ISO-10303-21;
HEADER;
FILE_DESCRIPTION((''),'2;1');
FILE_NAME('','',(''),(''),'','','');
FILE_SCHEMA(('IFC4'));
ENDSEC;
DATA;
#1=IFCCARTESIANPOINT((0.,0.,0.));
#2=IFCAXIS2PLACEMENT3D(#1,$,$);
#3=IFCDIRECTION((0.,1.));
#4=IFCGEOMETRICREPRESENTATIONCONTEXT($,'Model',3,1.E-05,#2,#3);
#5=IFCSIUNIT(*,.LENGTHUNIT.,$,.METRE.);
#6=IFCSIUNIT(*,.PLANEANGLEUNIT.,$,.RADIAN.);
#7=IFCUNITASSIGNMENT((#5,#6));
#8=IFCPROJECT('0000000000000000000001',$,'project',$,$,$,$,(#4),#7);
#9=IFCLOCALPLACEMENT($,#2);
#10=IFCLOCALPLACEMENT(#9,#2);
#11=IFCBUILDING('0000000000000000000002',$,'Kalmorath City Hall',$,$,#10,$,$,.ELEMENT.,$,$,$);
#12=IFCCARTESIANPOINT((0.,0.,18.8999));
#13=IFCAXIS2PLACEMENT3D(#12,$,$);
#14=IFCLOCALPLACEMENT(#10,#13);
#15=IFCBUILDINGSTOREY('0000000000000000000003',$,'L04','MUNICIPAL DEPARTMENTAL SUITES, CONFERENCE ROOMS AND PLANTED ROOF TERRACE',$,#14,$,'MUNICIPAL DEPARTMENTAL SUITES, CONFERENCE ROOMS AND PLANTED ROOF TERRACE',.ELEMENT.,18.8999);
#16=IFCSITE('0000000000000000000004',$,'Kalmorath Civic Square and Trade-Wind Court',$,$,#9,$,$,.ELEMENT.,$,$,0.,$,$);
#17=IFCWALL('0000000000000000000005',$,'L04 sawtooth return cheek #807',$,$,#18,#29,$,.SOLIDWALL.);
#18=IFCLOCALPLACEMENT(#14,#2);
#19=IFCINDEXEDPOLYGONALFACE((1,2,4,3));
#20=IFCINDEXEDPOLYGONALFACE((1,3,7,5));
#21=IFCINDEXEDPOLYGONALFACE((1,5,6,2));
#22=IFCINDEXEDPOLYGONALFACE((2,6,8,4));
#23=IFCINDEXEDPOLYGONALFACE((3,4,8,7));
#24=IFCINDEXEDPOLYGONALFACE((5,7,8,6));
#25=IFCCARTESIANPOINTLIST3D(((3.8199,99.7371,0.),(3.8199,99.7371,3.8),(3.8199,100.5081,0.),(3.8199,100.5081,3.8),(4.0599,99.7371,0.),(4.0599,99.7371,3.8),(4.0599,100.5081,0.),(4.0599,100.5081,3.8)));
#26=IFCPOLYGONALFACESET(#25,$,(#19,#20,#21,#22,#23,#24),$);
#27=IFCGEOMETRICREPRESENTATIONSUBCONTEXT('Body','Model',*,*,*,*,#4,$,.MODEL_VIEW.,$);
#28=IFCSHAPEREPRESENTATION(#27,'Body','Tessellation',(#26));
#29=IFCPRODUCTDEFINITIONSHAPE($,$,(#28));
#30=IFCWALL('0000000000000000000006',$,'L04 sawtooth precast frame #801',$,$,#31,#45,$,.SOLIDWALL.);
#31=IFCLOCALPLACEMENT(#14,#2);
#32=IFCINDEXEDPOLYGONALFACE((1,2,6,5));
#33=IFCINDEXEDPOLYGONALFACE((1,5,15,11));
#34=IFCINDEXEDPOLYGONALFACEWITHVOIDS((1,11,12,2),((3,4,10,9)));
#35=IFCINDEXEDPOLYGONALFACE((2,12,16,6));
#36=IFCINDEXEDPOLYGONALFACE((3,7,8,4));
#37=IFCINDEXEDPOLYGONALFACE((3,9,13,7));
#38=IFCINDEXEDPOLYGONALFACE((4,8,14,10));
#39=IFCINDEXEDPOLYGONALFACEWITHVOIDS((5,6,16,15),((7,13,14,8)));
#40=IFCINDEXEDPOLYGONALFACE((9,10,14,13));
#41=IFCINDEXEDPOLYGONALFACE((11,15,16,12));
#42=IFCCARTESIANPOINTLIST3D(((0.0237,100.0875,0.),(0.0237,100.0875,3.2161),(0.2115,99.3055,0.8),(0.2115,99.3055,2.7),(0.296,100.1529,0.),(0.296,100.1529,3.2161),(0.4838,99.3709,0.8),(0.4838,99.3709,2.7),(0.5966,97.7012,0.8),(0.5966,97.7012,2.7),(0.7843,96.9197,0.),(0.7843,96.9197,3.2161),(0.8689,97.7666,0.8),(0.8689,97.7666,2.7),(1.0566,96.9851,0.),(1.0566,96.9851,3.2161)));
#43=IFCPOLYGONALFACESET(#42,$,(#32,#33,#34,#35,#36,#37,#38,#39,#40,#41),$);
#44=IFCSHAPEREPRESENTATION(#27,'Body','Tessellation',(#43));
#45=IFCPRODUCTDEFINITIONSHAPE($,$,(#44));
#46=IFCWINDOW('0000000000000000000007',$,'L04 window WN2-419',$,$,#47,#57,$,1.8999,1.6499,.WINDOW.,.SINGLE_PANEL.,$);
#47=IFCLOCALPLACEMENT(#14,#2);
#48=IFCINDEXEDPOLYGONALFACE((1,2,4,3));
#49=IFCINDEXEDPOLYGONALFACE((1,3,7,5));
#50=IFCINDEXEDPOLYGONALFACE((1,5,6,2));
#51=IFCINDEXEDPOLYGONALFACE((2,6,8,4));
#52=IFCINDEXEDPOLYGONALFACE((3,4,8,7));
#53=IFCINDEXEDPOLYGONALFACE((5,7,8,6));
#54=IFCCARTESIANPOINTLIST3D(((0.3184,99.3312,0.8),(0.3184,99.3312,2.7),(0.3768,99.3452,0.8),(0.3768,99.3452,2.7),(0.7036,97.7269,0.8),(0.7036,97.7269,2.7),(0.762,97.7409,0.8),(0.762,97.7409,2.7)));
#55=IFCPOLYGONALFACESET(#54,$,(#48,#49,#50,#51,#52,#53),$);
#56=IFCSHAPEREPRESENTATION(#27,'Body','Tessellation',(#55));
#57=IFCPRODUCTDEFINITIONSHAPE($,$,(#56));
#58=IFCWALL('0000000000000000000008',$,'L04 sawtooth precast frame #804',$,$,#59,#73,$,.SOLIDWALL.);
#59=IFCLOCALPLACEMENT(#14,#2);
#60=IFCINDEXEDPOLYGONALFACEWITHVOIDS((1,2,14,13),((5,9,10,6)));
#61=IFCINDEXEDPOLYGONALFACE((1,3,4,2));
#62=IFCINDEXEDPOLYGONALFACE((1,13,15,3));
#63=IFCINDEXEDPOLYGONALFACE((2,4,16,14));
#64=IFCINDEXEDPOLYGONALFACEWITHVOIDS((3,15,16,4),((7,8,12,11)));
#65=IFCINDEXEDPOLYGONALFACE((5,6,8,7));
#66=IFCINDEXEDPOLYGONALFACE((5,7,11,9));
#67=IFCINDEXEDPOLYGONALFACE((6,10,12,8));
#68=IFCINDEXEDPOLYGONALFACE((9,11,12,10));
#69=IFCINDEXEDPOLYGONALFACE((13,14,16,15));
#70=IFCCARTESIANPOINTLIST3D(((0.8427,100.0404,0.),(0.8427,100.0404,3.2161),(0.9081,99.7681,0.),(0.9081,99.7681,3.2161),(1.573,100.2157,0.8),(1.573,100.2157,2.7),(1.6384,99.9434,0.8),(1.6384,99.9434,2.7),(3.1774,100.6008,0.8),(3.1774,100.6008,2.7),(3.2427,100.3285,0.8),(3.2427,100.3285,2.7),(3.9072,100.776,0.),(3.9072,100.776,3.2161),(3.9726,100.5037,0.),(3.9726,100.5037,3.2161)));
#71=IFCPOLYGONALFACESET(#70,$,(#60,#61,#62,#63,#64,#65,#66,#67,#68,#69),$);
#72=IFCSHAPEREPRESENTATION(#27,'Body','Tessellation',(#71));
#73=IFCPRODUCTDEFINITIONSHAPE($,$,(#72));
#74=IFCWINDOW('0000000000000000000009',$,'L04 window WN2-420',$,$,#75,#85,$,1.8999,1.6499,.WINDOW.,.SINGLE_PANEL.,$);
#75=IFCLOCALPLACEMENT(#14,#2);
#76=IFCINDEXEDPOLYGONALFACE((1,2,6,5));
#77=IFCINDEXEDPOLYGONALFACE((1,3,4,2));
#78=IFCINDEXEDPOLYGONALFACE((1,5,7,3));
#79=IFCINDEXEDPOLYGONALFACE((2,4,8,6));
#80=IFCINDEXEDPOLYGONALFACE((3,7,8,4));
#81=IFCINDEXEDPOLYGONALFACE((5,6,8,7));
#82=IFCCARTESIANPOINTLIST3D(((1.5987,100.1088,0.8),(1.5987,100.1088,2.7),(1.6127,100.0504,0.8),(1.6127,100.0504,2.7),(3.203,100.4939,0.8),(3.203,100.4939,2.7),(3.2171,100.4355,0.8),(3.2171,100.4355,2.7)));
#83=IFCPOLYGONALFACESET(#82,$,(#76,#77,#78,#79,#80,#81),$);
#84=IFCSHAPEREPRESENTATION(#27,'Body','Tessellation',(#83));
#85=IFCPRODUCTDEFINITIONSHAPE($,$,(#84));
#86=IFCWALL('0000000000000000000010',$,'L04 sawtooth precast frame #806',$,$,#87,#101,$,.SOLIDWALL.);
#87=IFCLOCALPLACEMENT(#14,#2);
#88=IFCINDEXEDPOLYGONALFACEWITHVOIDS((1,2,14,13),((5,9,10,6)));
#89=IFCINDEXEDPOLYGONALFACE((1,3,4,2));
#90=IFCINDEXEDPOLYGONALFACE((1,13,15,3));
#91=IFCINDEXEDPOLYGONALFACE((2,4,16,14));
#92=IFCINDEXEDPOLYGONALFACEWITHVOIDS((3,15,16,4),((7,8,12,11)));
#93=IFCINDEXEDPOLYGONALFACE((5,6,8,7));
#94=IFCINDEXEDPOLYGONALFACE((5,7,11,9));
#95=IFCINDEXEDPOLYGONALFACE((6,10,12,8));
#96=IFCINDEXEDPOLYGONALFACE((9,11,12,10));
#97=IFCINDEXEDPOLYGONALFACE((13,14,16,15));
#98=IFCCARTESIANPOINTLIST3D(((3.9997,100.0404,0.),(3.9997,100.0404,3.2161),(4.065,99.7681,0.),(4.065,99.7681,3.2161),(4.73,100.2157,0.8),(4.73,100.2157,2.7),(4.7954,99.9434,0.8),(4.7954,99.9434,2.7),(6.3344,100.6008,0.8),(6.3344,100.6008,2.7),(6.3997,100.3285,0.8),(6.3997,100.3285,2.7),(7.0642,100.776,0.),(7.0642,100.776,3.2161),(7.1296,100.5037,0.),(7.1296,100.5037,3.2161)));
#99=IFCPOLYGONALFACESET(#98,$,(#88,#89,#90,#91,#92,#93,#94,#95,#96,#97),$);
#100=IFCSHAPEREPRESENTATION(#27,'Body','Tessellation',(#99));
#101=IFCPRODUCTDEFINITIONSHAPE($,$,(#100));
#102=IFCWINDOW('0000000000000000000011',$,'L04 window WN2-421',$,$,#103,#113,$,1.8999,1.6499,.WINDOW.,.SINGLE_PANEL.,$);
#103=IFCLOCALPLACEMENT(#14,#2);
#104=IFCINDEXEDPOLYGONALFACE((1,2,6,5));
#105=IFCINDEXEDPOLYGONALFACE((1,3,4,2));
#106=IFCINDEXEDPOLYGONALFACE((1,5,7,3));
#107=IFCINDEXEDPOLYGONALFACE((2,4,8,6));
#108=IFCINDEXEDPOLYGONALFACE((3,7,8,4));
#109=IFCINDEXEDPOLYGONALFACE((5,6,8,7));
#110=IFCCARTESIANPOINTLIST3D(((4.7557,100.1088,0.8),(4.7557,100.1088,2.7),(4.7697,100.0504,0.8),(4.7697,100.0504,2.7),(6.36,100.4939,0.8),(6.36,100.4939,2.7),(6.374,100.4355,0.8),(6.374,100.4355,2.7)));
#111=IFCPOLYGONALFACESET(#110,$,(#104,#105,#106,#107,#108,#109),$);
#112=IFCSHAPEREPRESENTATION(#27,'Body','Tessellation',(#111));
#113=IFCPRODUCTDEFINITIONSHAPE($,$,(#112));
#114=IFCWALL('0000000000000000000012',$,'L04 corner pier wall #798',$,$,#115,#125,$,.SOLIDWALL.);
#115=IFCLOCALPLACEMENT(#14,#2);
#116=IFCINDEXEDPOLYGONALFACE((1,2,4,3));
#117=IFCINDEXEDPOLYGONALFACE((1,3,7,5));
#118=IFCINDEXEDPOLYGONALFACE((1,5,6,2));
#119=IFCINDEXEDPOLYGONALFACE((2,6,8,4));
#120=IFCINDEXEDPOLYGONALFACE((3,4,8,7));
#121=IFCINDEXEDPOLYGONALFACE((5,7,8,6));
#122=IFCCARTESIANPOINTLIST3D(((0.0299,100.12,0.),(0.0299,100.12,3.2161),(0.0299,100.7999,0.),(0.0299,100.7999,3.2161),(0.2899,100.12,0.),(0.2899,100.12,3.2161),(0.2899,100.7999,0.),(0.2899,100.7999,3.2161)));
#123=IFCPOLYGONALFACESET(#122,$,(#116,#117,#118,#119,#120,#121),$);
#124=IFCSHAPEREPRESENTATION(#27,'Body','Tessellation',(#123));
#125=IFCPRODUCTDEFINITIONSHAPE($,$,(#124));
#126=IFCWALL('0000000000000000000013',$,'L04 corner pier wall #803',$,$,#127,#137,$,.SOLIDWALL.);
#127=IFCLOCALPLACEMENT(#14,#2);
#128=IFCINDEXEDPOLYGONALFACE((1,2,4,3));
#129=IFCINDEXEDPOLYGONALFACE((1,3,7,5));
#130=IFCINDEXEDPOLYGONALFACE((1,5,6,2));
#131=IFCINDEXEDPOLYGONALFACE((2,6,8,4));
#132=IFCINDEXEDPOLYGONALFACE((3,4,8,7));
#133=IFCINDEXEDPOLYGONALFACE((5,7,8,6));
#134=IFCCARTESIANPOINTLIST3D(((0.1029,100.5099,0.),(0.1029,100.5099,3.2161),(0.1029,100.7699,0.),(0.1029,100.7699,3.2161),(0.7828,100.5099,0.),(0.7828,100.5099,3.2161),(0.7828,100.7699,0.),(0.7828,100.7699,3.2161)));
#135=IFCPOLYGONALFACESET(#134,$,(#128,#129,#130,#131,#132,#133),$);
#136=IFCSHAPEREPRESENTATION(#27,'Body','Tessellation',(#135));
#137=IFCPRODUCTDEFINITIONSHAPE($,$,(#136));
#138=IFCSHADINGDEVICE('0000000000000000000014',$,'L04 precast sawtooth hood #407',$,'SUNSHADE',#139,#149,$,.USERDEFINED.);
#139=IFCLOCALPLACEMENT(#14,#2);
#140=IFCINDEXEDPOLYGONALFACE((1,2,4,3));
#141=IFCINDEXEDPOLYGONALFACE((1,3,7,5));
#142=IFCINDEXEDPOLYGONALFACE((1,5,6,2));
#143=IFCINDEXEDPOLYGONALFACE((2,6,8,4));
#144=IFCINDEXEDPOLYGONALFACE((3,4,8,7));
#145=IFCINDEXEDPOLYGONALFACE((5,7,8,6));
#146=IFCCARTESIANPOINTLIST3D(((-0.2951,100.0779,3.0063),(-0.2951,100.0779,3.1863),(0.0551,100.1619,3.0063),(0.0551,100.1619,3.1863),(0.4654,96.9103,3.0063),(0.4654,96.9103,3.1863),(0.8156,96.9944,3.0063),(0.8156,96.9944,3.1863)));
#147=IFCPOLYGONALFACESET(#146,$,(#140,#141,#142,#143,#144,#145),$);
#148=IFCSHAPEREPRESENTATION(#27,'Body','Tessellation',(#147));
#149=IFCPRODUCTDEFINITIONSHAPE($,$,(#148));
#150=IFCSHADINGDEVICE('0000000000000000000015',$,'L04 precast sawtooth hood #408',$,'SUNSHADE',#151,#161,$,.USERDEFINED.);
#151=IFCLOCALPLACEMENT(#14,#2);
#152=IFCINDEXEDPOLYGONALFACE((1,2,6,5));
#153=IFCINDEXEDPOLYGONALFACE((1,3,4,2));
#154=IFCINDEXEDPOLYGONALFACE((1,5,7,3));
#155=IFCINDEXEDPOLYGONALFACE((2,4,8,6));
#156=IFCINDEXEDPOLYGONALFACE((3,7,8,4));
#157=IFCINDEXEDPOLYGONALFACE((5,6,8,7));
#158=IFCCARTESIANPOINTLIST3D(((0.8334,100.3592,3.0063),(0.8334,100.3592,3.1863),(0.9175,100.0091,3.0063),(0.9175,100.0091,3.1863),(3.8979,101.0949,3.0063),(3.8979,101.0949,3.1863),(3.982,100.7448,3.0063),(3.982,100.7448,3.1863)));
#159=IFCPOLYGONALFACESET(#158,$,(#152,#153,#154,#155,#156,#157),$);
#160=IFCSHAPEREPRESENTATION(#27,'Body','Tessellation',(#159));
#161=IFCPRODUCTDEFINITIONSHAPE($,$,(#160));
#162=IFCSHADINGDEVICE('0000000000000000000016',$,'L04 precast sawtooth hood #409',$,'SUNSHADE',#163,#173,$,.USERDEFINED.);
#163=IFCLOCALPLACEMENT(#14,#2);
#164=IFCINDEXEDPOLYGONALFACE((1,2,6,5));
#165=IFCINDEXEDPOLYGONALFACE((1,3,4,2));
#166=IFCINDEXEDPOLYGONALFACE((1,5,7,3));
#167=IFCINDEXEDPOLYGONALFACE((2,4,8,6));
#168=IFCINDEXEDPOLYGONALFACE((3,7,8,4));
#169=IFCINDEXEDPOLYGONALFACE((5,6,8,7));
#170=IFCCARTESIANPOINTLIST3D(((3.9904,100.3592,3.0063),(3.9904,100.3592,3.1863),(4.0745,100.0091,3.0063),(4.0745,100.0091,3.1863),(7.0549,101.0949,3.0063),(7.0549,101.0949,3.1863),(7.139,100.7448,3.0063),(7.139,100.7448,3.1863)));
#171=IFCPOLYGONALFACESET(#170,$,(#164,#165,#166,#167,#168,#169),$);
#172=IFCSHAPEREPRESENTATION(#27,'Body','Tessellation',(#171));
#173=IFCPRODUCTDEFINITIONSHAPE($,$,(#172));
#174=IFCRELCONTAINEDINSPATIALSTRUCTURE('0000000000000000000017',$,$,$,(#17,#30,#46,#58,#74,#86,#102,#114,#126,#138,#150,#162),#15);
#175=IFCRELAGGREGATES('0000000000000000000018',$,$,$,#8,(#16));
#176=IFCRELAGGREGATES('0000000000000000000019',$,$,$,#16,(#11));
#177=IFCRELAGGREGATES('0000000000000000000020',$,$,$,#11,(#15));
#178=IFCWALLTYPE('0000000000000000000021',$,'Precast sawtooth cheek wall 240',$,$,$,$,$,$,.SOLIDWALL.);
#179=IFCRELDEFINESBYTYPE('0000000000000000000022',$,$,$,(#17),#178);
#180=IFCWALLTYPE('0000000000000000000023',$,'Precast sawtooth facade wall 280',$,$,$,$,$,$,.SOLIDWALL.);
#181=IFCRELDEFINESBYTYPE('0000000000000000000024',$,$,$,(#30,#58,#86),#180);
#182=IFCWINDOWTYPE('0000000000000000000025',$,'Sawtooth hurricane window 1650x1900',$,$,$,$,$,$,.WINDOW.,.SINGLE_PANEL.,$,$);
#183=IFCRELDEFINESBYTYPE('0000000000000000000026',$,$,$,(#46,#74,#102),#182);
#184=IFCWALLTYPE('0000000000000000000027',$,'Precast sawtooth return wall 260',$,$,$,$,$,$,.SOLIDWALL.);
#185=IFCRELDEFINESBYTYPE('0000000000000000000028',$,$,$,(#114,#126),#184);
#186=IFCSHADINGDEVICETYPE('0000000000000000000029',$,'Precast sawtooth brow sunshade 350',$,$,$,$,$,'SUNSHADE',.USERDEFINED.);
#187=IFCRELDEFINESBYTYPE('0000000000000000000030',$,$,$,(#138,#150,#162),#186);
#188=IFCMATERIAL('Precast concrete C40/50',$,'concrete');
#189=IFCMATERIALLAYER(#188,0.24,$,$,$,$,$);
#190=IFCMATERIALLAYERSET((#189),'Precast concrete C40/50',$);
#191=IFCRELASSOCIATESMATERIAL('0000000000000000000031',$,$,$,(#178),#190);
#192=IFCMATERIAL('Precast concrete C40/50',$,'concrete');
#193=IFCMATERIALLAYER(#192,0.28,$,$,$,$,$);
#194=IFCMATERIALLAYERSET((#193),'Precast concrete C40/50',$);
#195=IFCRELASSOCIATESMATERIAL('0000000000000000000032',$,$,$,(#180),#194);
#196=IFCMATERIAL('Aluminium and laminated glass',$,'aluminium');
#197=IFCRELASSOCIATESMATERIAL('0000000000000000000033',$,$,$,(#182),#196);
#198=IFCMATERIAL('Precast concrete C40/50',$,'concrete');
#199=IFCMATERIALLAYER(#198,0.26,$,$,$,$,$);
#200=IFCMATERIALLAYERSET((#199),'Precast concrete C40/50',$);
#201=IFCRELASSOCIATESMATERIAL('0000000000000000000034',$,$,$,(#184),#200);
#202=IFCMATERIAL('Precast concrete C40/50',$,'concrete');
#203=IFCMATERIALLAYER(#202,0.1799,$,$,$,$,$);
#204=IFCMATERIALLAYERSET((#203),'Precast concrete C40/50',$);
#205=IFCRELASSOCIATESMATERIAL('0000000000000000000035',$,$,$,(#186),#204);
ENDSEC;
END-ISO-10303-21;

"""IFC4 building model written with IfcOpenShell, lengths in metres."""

from ifc_helpers import new_model, si_unit, direction, frame, frame_2d, origin, origin_2d, place, context, subcontext, project, spatial, rectangle, extrude, material, layer, layer_set, type_object, element, fill, save


model = new_model("IFC4")

# Units and contexts
model_context = context("Model", 3, precision=1e-05, world=origin(), true_north=direction((0.0, 1.0)))
body_context = subcontext(model_context, "Body", "Model", "MODEL_VIEW")
ifc_project = project(units=[si_unit("LENGTHUNIT", "METRE"), si_unit("PLANEANGLEUNIT", "RADIAN")], contexts=[model_context])

# Site, building, storey
site_placement = place(None, origin())
site = spatial("IfcSite", under=ifc_project, at=site_placement, Name="Kalmorath Civic Square and Trade-Wind Court", CompositionType="ELEMENT", RefElevation=0.0)
building_placement = place(site_placement, origin())
building = spatial("IfcBuilding", under=site, at=building_placement, Name="Kalmorath City Hall", CompositionType="ELEMENT")
storey_placement = place(building_placement, frame((0.0, 0.0, 18.8999)))
storey = spatial("IfcBuildingStorey", under=building, at=storey_placement, Name="L04", Description="MUNICIPAL DEPARTMENTAL SUITES, CONFERENCE ROOMS AND PLANTED ROOF TERRACE", LongName="MUNICIPAL DEPARTMENTAL SUITES, CONFERENCE ROOMS AND PLANTED ROOF TERRACE", CompositionType="ELEMENT", Elevation=18.8999)

# Wall
ifc_material_1 = material(Name="Precast concrete C40/50", Category="concrete")
ifc_layer_1 = layer(ifc_material_1, 0.24)
ifc_layer_set_1 = layer_set([ifc_layer_1], Name="Precast concrete C40/50")
wall_type_1 = type_object("IfcWallType", Name="Precast sawtooth cheek wall 240", PredefinedType="SOLIDWALL", material=ifc_layer_set_1)
wall_1_placement = place(storey_placement, frame((3.9399, 99.7371, 0.0), z_axis=(0.0, 0.0, 1.0), x_axis=(0.0, 1.0, 0.0)))
element("IfcWall", 1, at=wall_1_placement, inside=storey, type_object=wall_type_1, Name="L04 sawtooth return cheek #807", PredefinedType="SOLIDWALL", context=body_context, shape_type="SweptSolid", body=[
    extrude(rectangle(XDim=0.771, YDim=0.24, at=frame_2d((0.3855, 0.0))), origin(), (0.0, 0.0, 1.0), 3.8),
])

# Walls, openings, windows
ifc_material_2 = material(Name="Precast concrete C40/50", Category="concrete")
ifc_layer_2 = layer(ifc_material_2, 0.28)
ifc_layer_set_2 = layer_set([ifc_layer_2], Name="Precast concrete C40/50")
wall_type_2 = type_object("IfcWallType", Name="Precast sawtooth facade wall 280", PredefinedType="SOLIDWALL", material=ifc_layer_set_2)
wall_2_placement = place(storey_placement, frame((0.9204, 96.9524, 0.0), z_axis=(0.0, 0.0, 1.0), x_axis=(-0.233444, 0.97237, 0.0)))
wall_2 = element("IfcWall", 2, at=wall_2_placement, inside=storey, type_object=wall_type_2, Name="L04 sawtooth precast frame #801", PredefinedType="SOLIDWALL", context=body_context, shape_type="SweptSolid", body=[
    extrude(rectangle(XDim=3.2578, YDim=0.28, at=frame_2d((1.6289, 0.0))), origin(), (0.0, 0.0, 1.0), 3.2161),
])
opening_1_placement = place(wall_2_placement, frame((0.8037, 0.0, 0.8)))
opening_1 = element("IfcOpeningElement", 3, at=opening_1_placement, cuts=wall_2, PredefinedType="OPENING", context=body_context, shape_type="SweptSolid", body=[
    extrude(rectangle(XDim=1.6499, YDim=1.8999, at=frame_2d((0.825, 0.95))), frame((0.0, 0.1499, 0.0), z_axis=(0.0, -1.0, 0.0), x_axis=(1.0, 0.0, 0.0)), (0.0, 0.0, 1.0), 0.3),
])
ifc_material_3 = material(Name="Aluminium and laminated glass", Category="aluminium")
window_type = type_object("IfcWindowType", Name="Sawtooth hurricane window 1650x1900", PartitioningType="SINGLE_PANEL", PredefinedType="WINDOW", material=ifc_material_3)
window_1_placement = place(opening_1_placement, origin())
window_1 = element("IfcWindow", 4, at=window_1_placement, inside=storey, type_object=window_type, Name="L04 window WN2-419", OverallHeight=1.8999, OverallWidth=1.6499, PartitioningType="SINGLE_PANEL", PredefinedType="WINDOW", context=body_context, shape_type="SweptSolid", body=[
    extrude(rectangle(XDim=1.6499, YDim=1.8999, at=frame_2d((0.825, 0.95))), frame((0.0, 0.03, 0.0), z_axis=(0.0, -1.0, 0.0), x_axis=(1.0, 0.0, 0.0)), (0.0, 0.0, 1.0), 0.0601),
])
fill(opening_1, window_1)
wall_3_placement = place(storey_placement, frame((0.8755, 99.9043, 0.0), z_axis=(0.0, 0.0, 1.0), x_axis=(0.972378, 0.233411, 0.0)))
wall_3 = element("IfcWall", 5, at=wall_3_placement, inside=storey, type_object=wall_type_2, Name="L04 sawtooth precast frame #804", PredefinedType="SOLIDWALL", context=body_context, shape_type="SweptSolid", body=[
    extrude(rectangle(XDim=3.1516, YDim=0.28, at=frame_2d((1.5757, 0.0))), origin(), (0.0, 0.0, 1.0), 3.2161),
])
opening_2_placement = place(wall_3_placement, frame((0.751, 0.0, 0.8)))
opening_2 = element("IfcOpeningElement", 6, at=opening_2_placement, cuts=wall_3, PredefinedType="OPENING", context=body_context, shape_type="SweptSolid", body=[
    extrude(rectangle(XDim=1.6499, YDim=1.8999, at=frame_2d((0.825, 0.95))), frame((0.0, 0.1499, 0.0), z_axis=(0.0, -1.0, 0.0), x_axis=(1.0, 0.0, 0.0)), (0.0, 0.0, 1.0), 0.3),
])
window_2_placement = place(opening_2_placement, origin())
window_2 = element("IfcWindow", 7, at=window_2_placement, inside=storey, type_object=window_type, Name="L04 window WN2-420", OverallHeight=1.8999, OverallWidth=1.6499, PartitioningType="SINGLE_PANEL", PredefinedType="WINDOW", context=body_context, shape_type="SweptSolid", body=[
    extrude(rectangle(XDim=1.6499, YDim=1.8999, at=frame_2d((0.825, 0.95))), frame((0.0, 0.03, 0.0), z_axis=(0.0, -1.0, 0.0), x_axis=(1.0, 0.0, 0.0)), (0.0, 0.0, 1.0), 0.0601),
])
fill(opening_2, window_2)
wall_4_placement = place(storey_placement, frame((4.0325, 99.9043, 0.0), z_axis=(0.0, 0.0, 1.0), x_axis=(0.972378, 0.233411, 0.0)))
wall_4 = element("IfcWall", 8, at=wall_4_placement, inside=storey, type_object=wall_type_2, Name="L04 sawtooth precast frame #806", PredefinedType="SOLIDWALL", context=body_context, shape_type="SweptSolid", body=[
    extrude(rectangle(XDim=3.1516, YDim=0.28, at=frame_2d((1.5757, 0.0))), origin(), (0.0, 0.0, 1.0), 3.2161),
])
opening_3_placement = place(wall_4_placement, frame((0.751, 0.0, 0.8)))
opening_3 = element("IfcOpeningElement", 9, at=opening_3_placement, cuts=wall_4, PredefinedType="OPENING", context=body_context, shape_type="SweptSolid", body=[
    extrude(rectangle(XDim=1.6499, YDim=1.8999, at=frame_2d((0.825, 0.95))), frame((0.0, 0.1499, 0.0), z_axis=(0.0, -1.0, 0.0), x_axis=(1.0, 0.0, 0.0)), (0.0, 0.0, 1.0), 0.3),
])
window_3_placement = place(opening_3_placement, origin())
window_3 = element("IfcWindow", 10, at=window_3_placement, inside=storey, type_object=window_type, Name="L04 window WN2-421", OverallHeight=1.8999, OverallWidth=1.6499, PartitioningType="SINGLE_PANEL", PredefinedType="WINDOW", context=body_context, shape_type="SweptSolid", body=[
    extrude(rectangle(XDim=1.6499, YDim=1.8999, at=frame_2d((0.825, 0.95))), frame((0.0, 0.03, 0.0), z_axis=(0.0, -1.0, 0.0), x_axis=(1.0, 0.0, 0.0)), (0.0, 0.0, 1.0), 0.0601),
])
fill(opening_3, window_3)

# Walls
ifc_material_4 = material(Name="Precast concrete C40/50", Category="concrete")
ifc_layer_3 = layer(ifc_material_4, 0.26)
ifc_layer_set_3 = layer_set([ifc_layer_3], Name="Precast concrete C40/50")
wall_type_3 = type_object("IfcWallType", Name="Precast sawtooth return wall 260", PredefinedType="SOLIDWALL", material=ifc_layer_set_3)
for number, where, z_axis, x_axis, name in (
    (11, (0.1599, 100.1201, 0.0), (0.0, 0.0, 1.0), (0.0, 1.0, 0.0), "L04 corner pier wall #798"),
    (12, (0.103, 100.6399, 0.0), (0.0, 0.0, 1.0), (1.0, 0.0, 0.0), "L04 corner pier wall #803"),
):
    element("IfcWall", number, at=place(storey_placement, frame(where, z_axis=z_axis, x_axis=x_axis)), inside=storey, type_object=wall_type_3, Name=name, PredefinedType="SOLIDWALL", context=body_context, shape_type="SweptSolid", body=[
        extrude(rectangle(XDim=0.6799, YDim=0.26, at=frame_2d((0.3398, 0.0))), origin(), (0.0, 0.0, 1.0), 3.2161),
    ])

# Shading devices
ifc_material_5 = material(Name="Precast concrete C40/50", Category="concrete")
ifc_layer_4 = layer(ifc_material_5, 0.1799)
ifc_layer_set_4 = layer_set([ifc_layer_4], Name="Precast concrete C40/50")
shading_device_type = type_object("IfcShadingDeviceType", Name="Precast sawtooth brow sunshade 350", ElementType="SUNSHADE", PredefinedType="USERDEFINED", material=ifc_layer_set_4)
shading_device_placement = place(storey_placement, frame((0.2603, 98.5361, 3.0063), z_axis=(0.0, 0.0, 1.0), x_axis=(-0.233462, 0.972366, 0.0)))
element("IfcShadingDevice", 13, at=shading_device_placement, inside=storey, type_object=shading_device_type, Name="L04 precast sawtooth hood #407", ObjectType="SUNSHADE", PredefinedType="USERDEFINED", context=body_context, shape_type="SweptSolid", body=[
    extrude(rectangle(XDim=3.2576, YDim=0.3601, at=origin_2d()), origin(), (0.0, 0.0, 1.0), 0.1799),
])
for number, where, z_axis, x_axis, name in (
    (14, (2.4077, 100.552, 3.0063), (0.0, 0.0, 1.0), (0.97237, 0.233445, 0.0), "L04 precast sawtooth hood #408"),
    (15, (5.5647, 100.552, 3.0063), (0.0, 0.0, 1.0), (0.97237, 0.233445, 0.0), "L04 precast sawtooth hood #409"),
):
    element("IfcShadingDevice", number, at=place(storey_placement, frame(where, z_axis=z_axis, x_axis=x_axis)), inside=storey, type_object=shading_device_type, Name=name, ObjectType="SUNSHADE", PredefinedType="USERDEFINED", context=body_context, shape_type="SweptSolid", body=[
        extrude(rectangle(XDim=3.1516, YDim=0.3601, at=origin_2d()), origin(), (0.0, 0.0, 1.0), 0.1799),
    ])

save(model, "model.ifc")
